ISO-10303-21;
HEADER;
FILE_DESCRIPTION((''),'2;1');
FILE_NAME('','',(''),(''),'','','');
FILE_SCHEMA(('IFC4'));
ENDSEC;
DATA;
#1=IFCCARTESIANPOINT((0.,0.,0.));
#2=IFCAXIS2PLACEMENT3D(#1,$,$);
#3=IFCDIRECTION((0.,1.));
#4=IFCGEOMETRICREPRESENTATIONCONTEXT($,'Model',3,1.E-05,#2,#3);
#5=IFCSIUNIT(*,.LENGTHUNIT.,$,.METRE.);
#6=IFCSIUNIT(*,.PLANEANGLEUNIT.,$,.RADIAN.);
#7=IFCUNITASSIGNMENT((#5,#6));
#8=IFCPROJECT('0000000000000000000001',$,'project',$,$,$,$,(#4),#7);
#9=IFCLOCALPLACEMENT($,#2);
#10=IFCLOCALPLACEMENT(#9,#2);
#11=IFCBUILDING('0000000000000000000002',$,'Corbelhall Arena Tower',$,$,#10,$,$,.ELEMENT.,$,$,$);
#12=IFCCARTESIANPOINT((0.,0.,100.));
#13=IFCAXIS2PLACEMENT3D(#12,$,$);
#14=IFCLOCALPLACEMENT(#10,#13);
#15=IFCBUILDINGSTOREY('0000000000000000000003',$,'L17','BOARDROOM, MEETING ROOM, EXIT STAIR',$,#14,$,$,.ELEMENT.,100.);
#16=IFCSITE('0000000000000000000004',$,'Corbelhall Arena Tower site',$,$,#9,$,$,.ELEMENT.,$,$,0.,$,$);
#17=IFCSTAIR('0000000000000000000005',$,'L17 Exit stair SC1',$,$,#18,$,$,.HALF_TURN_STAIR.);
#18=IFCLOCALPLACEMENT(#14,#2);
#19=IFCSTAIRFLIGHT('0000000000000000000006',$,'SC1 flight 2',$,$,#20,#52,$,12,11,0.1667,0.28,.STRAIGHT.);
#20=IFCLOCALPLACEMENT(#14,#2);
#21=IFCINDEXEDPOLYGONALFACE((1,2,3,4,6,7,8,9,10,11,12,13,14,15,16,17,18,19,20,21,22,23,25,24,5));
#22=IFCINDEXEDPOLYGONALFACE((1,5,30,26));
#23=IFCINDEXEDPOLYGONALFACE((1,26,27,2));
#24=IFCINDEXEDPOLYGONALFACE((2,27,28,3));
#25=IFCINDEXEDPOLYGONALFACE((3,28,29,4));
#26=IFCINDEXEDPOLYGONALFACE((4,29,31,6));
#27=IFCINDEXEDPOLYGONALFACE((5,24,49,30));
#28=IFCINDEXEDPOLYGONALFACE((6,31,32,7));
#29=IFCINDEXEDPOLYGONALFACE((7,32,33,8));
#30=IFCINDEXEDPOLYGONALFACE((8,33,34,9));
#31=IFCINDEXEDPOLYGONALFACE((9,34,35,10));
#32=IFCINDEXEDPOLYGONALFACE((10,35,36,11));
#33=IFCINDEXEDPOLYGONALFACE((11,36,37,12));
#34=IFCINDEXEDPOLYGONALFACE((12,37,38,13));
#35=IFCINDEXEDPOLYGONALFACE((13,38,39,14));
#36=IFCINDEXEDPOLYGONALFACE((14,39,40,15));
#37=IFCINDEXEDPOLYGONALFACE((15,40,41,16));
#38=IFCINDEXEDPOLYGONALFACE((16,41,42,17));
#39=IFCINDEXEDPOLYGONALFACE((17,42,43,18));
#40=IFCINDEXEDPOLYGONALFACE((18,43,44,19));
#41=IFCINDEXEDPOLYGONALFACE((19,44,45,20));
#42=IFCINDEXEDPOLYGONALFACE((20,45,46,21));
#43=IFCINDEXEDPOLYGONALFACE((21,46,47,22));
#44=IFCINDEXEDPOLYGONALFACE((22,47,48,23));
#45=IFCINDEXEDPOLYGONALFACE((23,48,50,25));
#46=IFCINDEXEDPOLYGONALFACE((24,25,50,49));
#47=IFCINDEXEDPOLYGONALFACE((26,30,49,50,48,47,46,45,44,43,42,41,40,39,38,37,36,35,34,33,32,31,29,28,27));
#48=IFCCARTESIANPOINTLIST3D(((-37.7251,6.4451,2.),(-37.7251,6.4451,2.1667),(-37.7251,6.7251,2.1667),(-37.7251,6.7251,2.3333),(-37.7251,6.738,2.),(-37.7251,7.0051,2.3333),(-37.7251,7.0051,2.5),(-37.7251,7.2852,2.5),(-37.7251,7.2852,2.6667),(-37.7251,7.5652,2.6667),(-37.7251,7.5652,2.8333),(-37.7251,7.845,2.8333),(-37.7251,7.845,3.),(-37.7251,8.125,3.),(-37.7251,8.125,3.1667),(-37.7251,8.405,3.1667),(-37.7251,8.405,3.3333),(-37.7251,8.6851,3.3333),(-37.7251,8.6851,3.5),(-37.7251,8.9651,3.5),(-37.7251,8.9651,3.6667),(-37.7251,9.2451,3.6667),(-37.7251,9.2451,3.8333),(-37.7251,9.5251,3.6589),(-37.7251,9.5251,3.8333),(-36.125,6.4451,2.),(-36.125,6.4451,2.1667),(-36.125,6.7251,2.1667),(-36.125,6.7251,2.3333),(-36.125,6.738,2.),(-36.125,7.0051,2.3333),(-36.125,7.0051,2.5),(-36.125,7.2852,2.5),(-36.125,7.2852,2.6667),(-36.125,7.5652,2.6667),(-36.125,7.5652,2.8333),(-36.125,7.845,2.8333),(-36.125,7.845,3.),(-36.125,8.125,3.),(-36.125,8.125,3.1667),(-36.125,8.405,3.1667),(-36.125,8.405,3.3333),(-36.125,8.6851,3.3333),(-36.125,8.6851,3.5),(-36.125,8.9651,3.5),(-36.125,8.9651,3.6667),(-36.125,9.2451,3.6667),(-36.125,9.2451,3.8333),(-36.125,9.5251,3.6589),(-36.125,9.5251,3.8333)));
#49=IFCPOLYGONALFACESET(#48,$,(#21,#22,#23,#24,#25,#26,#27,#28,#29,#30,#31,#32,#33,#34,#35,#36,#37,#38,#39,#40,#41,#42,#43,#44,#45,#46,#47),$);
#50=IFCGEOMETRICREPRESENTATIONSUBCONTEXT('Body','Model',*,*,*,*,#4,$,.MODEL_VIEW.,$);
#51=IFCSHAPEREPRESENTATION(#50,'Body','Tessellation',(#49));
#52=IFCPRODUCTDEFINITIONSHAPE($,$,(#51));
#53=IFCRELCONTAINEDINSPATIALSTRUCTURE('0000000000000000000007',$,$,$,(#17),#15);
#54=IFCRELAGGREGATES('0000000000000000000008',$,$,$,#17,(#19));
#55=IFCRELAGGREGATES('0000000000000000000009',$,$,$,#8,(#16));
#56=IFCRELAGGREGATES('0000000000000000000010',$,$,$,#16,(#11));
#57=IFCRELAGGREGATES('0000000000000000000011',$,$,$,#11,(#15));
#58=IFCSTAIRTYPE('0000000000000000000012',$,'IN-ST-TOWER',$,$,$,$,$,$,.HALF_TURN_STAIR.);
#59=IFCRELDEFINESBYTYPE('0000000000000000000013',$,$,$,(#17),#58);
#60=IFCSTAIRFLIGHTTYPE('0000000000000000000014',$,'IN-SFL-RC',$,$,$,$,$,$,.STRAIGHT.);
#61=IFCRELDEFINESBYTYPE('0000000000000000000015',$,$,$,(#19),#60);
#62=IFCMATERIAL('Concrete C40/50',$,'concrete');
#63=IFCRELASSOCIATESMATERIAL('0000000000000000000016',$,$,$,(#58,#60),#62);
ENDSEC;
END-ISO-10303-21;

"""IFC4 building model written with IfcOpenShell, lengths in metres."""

from ifc_helpers import new_model, si_unit, direction, frame, origin, place, context, subcontext, project, spatial, polyline, outline, extrude, material, type_object, element, aggregate, save


model = new_model("IFC4")

# Units and contexts
model_context = context("Model", 3, precision=1e-05, world=origin(), true_north=direction((0.0, 1.0)))
body_context = subcontext(model_context, "Body", "Model", "MODEL_VIEW")
ifc_project = project(units=[si_unit("LENGTHUNIT", "METRE"), si_unit("PLANEANGLEUNIT", "RADIAN")], contexts=[model_context])

# Site, building, storey
site_placement = place(None, origin())
site = spatial("IfcSite", under=ifc_project, at=site_placement, Name="Corbelhall Arena Tower site", CompositionType="ELEMENT", RefElevation=0.0)
building_placement = place(site_placement, origin())
building = spatial("IfcBuilding", under=site, at=building_placement, Name="Corbelhall Arena Tower", CompositionType="ELEMENT")
storey_placement = place(building_placement, frame((0.0, 0.0, 100.0)))
storey = spatial("IfcBuildingStorey", under=building, at=storey_placement, Name="L17", Description="BOARDROOM, MEETING ROOM, EXIT STAIR", CompositionType="ELEMENT", Elevation=100.0)

# Shared definitions
ifc_material_1 = material(Name="Concrete C40/50", Category="concrete")

# Stair, stair flight
stair_type = type_object("IfcStairType", Name="IN-ST-TOWER", PredefinedType="HALF_TURN_STAIR", material=ifc_material_1)
stair_placement = place(storey_placement, origin())
stair = element("IfcStair", 1, at=stair_placement, inside=storey, type_object=stair_type, Name="L17 Exit stair SC1", PredefinedType="HALF_TURN_STAIR")
stair_flight_type = type_object("IfcStairFlightType", Name="IN-SFL-RC", PredefinedType="STRAIGHT", material=ifc_material_1)
stair_flight_1_placement = place(storey_placement, frame((-36.925, 6.4451, 2.0), z_axis=(0.0, 0.0, 1.0), x_axis=(0.0, 1.0, 0.0)))
stair_flight_1 = element("IfcStairFlight", 2, at=stair_flight_1_placement, type_object=stair_flight_type, Name="SC1 flight 2", NumberOfRisers=12, NumberOfTreads=11, PredefinedType="STRAIGHT", RiserHeight=0.1667, TreadLength=0.28, context=body_context, shape_type="SweptSolid", body=[
    extrude(outline(polyline([(0.0, 0.0), (0.0, 0.1667), (0.28, 0.1667), (0.28, 0.3333), (0.5601, 0.3333), (0.5601, 0.5), (0.8401, 0.5), (0.8401, 0.6667), (1.1201, 0.6667), (1.1201, 0.8333), (1.3999, 0.8333), (1.3999, 1.0), (1.6799, 1.0), (1.6799, 1.1667), (1.96, 1.1667), (1.96, 1.3333), (2.24, 1.3333), (2.24, 1.5), (2.52, 1.5), (2.52, 1.6667), (2.8, 1.6667), (2.8, 1.8333), (3.0801, 1.8333), (3.0801, 2.0), (3.0801, 1.6589), (0.293, 0.0), (0.0, 0.0)])), frame((0.0, 0.8, 0.0), z_axis=(0.0, -1.0, 0.0), x_axis=(1.0, 0.0, 0.0)), (0.0, 0.0, 1.0), 1.6001),
])
aggregate(stair, [stair_flight_1])

save(model, "model.ifc")
